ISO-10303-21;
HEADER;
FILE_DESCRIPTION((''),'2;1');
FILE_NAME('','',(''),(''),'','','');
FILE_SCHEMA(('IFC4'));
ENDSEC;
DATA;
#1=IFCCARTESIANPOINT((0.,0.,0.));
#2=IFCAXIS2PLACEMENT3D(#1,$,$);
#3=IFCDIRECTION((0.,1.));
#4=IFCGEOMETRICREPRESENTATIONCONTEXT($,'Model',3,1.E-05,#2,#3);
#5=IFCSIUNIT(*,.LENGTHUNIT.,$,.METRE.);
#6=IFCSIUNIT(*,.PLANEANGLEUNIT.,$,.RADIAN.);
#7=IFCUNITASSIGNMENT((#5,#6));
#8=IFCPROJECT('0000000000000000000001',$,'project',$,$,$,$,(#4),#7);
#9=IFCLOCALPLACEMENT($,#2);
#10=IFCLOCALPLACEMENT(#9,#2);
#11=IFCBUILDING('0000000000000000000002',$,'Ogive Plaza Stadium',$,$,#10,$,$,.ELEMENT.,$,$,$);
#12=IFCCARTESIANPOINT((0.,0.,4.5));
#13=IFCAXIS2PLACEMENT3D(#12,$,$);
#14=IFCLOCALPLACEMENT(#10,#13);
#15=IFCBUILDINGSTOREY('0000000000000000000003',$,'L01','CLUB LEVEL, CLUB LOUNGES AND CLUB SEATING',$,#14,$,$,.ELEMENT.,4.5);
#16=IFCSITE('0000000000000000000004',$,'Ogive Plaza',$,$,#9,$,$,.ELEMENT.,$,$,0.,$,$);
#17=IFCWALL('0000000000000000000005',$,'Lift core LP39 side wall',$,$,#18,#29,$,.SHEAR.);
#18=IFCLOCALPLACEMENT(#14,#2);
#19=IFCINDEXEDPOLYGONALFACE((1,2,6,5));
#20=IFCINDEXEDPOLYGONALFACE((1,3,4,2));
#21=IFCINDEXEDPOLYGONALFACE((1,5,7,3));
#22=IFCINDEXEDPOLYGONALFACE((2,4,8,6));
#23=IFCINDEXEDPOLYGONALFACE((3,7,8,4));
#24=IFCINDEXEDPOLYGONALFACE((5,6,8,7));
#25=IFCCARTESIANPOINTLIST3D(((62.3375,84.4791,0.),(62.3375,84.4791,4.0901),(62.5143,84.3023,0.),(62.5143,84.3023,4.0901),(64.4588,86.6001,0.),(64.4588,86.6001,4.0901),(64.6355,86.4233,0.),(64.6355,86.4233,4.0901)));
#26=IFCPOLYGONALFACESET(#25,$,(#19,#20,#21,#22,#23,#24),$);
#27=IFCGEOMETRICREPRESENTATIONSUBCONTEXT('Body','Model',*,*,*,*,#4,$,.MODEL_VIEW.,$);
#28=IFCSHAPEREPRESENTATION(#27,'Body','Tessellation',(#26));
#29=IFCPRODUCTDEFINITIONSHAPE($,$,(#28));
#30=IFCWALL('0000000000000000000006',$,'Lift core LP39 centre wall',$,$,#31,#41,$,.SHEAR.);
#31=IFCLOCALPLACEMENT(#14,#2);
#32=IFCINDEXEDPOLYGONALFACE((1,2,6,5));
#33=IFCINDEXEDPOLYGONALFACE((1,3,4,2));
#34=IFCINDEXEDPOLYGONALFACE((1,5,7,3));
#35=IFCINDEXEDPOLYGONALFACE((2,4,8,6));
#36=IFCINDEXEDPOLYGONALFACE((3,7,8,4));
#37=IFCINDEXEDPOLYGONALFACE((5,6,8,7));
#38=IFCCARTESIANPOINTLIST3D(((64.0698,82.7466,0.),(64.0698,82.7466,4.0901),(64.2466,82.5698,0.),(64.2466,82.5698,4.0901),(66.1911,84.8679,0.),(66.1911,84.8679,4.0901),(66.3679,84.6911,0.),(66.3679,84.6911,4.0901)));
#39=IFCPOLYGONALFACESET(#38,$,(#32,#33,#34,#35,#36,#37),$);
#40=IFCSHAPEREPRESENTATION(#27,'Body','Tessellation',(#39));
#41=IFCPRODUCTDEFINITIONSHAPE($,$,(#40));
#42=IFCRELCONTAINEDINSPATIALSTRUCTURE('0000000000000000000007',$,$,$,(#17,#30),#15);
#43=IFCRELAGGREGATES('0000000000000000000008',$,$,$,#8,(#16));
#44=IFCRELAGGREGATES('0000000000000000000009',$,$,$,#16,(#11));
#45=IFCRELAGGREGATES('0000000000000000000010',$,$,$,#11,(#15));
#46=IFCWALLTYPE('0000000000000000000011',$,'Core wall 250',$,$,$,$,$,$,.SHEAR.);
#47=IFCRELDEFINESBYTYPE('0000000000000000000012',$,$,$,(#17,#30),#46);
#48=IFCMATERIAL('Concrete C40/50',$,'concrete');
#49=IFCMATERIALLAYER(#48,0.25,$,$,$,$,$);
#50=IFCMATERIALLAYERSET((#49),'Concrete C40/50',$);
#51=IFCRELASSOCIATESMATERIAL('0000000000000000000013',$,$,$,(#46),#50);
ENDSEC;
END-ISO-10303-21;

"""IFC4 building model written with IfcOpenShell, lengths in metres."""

from ifc_helpers import new_model, si_unit, direction, frame, frame_2d, origin, place, context, subcontext, project, spatial, rectangle, extrude, material, layer, layer_set, type_object, element, save


model = new_model("IFC4")

# Units and contexts
model_context = context("Model", 3, precision=1e-05, world=origin(), true_north=direction((0.0, 1.0)))
body_context = subcontext(model_context, "Body", "Model", "MODEL_VIEW")
ifc_project = project(units=[si_unit("LENGTHUNIT", "METRE"), si_unit("PLANEANGLEUNIT", "RADIAN")], contexts=[model_context])

# Site, building, storey
site_placement = place(None, origin())
site = spatial("IfcSite", under=ifc_project, at=site_placement, Name="Ogive Plaza", CompositionType="ELEMENT", RefElevation=0.0)
building_placement = place(site_placement, origin())
building = spatial("IfcBuilding", under=site, at=building_placement, Name="Ogive Plaza Stadium", CompositionType="ELEMENT")
storey_placement = place(building_placement, frame((0.0, 0.0, 4.5)))
storey = spatial("IfcBuildingStorey", under=building, at=storey_placement, Name="L01", Description="CLUB LEVEL, CLUB LOUNGES AND CLUB SEATING", CompositionType="ELEMENT", Elevation=4.5)

# Walls
ifc_material_1 = material(Name="Concrete C40/50", Category="concrete")
ifc_layer_1 = layer(ifc_material_1, 0.25)
ifc_layer_set_1 = layer_set([ifc_layer_1], Name="Concrete C40/50")
wall_type = type_object("IfcWallType", Name="Core wall 250", PredefinedType="SHEAR", material=ifc_layer_set_1)
wall_1_placement = place(storey_placement, frame((62.4258, 84.3906, 0.0), z_axis=(0.0, 0.0, 1.0), x_axis=(0.707147, 0.707066, 0.0)))
element("IfcWall", 1, at=wall_1_placement, inside=storey, type_object=wall_type, Name="Lift core LP39 side wall", PredefinedType="SHEAR", context=body_context, shape_type="SweptSolid", body=[
    extrude(rectangle(XDim=2.9998, YDim=0.25, at=frame_2d((1.5, 0.0))), origin(), (0.0, 0.0, 1.0), 4.0901),
])
wall_2_placement = place(storey_placement, frame((64.1582, 82.6582, 0.0), z_axis=(0.0, 0.0, 1.0), x_axis=(0.707107, 0.707107, 0.0)))
element("IfcWall", 2, at=wall_2_placement, inside=storey, type_object=wall_type, Name="Lift core LP39 centre wall", PredefinedType="SHEAR", context=body_context, shape_type="SweptSolid", body=[
    extrude(rectangle(XDim=3.0, YDim=0.25, at=frame_2d((1.5, 0.0))), origin(), (0.0, 0.0, 1.0), 4.0901),
])

save(model, "model.ifc")
